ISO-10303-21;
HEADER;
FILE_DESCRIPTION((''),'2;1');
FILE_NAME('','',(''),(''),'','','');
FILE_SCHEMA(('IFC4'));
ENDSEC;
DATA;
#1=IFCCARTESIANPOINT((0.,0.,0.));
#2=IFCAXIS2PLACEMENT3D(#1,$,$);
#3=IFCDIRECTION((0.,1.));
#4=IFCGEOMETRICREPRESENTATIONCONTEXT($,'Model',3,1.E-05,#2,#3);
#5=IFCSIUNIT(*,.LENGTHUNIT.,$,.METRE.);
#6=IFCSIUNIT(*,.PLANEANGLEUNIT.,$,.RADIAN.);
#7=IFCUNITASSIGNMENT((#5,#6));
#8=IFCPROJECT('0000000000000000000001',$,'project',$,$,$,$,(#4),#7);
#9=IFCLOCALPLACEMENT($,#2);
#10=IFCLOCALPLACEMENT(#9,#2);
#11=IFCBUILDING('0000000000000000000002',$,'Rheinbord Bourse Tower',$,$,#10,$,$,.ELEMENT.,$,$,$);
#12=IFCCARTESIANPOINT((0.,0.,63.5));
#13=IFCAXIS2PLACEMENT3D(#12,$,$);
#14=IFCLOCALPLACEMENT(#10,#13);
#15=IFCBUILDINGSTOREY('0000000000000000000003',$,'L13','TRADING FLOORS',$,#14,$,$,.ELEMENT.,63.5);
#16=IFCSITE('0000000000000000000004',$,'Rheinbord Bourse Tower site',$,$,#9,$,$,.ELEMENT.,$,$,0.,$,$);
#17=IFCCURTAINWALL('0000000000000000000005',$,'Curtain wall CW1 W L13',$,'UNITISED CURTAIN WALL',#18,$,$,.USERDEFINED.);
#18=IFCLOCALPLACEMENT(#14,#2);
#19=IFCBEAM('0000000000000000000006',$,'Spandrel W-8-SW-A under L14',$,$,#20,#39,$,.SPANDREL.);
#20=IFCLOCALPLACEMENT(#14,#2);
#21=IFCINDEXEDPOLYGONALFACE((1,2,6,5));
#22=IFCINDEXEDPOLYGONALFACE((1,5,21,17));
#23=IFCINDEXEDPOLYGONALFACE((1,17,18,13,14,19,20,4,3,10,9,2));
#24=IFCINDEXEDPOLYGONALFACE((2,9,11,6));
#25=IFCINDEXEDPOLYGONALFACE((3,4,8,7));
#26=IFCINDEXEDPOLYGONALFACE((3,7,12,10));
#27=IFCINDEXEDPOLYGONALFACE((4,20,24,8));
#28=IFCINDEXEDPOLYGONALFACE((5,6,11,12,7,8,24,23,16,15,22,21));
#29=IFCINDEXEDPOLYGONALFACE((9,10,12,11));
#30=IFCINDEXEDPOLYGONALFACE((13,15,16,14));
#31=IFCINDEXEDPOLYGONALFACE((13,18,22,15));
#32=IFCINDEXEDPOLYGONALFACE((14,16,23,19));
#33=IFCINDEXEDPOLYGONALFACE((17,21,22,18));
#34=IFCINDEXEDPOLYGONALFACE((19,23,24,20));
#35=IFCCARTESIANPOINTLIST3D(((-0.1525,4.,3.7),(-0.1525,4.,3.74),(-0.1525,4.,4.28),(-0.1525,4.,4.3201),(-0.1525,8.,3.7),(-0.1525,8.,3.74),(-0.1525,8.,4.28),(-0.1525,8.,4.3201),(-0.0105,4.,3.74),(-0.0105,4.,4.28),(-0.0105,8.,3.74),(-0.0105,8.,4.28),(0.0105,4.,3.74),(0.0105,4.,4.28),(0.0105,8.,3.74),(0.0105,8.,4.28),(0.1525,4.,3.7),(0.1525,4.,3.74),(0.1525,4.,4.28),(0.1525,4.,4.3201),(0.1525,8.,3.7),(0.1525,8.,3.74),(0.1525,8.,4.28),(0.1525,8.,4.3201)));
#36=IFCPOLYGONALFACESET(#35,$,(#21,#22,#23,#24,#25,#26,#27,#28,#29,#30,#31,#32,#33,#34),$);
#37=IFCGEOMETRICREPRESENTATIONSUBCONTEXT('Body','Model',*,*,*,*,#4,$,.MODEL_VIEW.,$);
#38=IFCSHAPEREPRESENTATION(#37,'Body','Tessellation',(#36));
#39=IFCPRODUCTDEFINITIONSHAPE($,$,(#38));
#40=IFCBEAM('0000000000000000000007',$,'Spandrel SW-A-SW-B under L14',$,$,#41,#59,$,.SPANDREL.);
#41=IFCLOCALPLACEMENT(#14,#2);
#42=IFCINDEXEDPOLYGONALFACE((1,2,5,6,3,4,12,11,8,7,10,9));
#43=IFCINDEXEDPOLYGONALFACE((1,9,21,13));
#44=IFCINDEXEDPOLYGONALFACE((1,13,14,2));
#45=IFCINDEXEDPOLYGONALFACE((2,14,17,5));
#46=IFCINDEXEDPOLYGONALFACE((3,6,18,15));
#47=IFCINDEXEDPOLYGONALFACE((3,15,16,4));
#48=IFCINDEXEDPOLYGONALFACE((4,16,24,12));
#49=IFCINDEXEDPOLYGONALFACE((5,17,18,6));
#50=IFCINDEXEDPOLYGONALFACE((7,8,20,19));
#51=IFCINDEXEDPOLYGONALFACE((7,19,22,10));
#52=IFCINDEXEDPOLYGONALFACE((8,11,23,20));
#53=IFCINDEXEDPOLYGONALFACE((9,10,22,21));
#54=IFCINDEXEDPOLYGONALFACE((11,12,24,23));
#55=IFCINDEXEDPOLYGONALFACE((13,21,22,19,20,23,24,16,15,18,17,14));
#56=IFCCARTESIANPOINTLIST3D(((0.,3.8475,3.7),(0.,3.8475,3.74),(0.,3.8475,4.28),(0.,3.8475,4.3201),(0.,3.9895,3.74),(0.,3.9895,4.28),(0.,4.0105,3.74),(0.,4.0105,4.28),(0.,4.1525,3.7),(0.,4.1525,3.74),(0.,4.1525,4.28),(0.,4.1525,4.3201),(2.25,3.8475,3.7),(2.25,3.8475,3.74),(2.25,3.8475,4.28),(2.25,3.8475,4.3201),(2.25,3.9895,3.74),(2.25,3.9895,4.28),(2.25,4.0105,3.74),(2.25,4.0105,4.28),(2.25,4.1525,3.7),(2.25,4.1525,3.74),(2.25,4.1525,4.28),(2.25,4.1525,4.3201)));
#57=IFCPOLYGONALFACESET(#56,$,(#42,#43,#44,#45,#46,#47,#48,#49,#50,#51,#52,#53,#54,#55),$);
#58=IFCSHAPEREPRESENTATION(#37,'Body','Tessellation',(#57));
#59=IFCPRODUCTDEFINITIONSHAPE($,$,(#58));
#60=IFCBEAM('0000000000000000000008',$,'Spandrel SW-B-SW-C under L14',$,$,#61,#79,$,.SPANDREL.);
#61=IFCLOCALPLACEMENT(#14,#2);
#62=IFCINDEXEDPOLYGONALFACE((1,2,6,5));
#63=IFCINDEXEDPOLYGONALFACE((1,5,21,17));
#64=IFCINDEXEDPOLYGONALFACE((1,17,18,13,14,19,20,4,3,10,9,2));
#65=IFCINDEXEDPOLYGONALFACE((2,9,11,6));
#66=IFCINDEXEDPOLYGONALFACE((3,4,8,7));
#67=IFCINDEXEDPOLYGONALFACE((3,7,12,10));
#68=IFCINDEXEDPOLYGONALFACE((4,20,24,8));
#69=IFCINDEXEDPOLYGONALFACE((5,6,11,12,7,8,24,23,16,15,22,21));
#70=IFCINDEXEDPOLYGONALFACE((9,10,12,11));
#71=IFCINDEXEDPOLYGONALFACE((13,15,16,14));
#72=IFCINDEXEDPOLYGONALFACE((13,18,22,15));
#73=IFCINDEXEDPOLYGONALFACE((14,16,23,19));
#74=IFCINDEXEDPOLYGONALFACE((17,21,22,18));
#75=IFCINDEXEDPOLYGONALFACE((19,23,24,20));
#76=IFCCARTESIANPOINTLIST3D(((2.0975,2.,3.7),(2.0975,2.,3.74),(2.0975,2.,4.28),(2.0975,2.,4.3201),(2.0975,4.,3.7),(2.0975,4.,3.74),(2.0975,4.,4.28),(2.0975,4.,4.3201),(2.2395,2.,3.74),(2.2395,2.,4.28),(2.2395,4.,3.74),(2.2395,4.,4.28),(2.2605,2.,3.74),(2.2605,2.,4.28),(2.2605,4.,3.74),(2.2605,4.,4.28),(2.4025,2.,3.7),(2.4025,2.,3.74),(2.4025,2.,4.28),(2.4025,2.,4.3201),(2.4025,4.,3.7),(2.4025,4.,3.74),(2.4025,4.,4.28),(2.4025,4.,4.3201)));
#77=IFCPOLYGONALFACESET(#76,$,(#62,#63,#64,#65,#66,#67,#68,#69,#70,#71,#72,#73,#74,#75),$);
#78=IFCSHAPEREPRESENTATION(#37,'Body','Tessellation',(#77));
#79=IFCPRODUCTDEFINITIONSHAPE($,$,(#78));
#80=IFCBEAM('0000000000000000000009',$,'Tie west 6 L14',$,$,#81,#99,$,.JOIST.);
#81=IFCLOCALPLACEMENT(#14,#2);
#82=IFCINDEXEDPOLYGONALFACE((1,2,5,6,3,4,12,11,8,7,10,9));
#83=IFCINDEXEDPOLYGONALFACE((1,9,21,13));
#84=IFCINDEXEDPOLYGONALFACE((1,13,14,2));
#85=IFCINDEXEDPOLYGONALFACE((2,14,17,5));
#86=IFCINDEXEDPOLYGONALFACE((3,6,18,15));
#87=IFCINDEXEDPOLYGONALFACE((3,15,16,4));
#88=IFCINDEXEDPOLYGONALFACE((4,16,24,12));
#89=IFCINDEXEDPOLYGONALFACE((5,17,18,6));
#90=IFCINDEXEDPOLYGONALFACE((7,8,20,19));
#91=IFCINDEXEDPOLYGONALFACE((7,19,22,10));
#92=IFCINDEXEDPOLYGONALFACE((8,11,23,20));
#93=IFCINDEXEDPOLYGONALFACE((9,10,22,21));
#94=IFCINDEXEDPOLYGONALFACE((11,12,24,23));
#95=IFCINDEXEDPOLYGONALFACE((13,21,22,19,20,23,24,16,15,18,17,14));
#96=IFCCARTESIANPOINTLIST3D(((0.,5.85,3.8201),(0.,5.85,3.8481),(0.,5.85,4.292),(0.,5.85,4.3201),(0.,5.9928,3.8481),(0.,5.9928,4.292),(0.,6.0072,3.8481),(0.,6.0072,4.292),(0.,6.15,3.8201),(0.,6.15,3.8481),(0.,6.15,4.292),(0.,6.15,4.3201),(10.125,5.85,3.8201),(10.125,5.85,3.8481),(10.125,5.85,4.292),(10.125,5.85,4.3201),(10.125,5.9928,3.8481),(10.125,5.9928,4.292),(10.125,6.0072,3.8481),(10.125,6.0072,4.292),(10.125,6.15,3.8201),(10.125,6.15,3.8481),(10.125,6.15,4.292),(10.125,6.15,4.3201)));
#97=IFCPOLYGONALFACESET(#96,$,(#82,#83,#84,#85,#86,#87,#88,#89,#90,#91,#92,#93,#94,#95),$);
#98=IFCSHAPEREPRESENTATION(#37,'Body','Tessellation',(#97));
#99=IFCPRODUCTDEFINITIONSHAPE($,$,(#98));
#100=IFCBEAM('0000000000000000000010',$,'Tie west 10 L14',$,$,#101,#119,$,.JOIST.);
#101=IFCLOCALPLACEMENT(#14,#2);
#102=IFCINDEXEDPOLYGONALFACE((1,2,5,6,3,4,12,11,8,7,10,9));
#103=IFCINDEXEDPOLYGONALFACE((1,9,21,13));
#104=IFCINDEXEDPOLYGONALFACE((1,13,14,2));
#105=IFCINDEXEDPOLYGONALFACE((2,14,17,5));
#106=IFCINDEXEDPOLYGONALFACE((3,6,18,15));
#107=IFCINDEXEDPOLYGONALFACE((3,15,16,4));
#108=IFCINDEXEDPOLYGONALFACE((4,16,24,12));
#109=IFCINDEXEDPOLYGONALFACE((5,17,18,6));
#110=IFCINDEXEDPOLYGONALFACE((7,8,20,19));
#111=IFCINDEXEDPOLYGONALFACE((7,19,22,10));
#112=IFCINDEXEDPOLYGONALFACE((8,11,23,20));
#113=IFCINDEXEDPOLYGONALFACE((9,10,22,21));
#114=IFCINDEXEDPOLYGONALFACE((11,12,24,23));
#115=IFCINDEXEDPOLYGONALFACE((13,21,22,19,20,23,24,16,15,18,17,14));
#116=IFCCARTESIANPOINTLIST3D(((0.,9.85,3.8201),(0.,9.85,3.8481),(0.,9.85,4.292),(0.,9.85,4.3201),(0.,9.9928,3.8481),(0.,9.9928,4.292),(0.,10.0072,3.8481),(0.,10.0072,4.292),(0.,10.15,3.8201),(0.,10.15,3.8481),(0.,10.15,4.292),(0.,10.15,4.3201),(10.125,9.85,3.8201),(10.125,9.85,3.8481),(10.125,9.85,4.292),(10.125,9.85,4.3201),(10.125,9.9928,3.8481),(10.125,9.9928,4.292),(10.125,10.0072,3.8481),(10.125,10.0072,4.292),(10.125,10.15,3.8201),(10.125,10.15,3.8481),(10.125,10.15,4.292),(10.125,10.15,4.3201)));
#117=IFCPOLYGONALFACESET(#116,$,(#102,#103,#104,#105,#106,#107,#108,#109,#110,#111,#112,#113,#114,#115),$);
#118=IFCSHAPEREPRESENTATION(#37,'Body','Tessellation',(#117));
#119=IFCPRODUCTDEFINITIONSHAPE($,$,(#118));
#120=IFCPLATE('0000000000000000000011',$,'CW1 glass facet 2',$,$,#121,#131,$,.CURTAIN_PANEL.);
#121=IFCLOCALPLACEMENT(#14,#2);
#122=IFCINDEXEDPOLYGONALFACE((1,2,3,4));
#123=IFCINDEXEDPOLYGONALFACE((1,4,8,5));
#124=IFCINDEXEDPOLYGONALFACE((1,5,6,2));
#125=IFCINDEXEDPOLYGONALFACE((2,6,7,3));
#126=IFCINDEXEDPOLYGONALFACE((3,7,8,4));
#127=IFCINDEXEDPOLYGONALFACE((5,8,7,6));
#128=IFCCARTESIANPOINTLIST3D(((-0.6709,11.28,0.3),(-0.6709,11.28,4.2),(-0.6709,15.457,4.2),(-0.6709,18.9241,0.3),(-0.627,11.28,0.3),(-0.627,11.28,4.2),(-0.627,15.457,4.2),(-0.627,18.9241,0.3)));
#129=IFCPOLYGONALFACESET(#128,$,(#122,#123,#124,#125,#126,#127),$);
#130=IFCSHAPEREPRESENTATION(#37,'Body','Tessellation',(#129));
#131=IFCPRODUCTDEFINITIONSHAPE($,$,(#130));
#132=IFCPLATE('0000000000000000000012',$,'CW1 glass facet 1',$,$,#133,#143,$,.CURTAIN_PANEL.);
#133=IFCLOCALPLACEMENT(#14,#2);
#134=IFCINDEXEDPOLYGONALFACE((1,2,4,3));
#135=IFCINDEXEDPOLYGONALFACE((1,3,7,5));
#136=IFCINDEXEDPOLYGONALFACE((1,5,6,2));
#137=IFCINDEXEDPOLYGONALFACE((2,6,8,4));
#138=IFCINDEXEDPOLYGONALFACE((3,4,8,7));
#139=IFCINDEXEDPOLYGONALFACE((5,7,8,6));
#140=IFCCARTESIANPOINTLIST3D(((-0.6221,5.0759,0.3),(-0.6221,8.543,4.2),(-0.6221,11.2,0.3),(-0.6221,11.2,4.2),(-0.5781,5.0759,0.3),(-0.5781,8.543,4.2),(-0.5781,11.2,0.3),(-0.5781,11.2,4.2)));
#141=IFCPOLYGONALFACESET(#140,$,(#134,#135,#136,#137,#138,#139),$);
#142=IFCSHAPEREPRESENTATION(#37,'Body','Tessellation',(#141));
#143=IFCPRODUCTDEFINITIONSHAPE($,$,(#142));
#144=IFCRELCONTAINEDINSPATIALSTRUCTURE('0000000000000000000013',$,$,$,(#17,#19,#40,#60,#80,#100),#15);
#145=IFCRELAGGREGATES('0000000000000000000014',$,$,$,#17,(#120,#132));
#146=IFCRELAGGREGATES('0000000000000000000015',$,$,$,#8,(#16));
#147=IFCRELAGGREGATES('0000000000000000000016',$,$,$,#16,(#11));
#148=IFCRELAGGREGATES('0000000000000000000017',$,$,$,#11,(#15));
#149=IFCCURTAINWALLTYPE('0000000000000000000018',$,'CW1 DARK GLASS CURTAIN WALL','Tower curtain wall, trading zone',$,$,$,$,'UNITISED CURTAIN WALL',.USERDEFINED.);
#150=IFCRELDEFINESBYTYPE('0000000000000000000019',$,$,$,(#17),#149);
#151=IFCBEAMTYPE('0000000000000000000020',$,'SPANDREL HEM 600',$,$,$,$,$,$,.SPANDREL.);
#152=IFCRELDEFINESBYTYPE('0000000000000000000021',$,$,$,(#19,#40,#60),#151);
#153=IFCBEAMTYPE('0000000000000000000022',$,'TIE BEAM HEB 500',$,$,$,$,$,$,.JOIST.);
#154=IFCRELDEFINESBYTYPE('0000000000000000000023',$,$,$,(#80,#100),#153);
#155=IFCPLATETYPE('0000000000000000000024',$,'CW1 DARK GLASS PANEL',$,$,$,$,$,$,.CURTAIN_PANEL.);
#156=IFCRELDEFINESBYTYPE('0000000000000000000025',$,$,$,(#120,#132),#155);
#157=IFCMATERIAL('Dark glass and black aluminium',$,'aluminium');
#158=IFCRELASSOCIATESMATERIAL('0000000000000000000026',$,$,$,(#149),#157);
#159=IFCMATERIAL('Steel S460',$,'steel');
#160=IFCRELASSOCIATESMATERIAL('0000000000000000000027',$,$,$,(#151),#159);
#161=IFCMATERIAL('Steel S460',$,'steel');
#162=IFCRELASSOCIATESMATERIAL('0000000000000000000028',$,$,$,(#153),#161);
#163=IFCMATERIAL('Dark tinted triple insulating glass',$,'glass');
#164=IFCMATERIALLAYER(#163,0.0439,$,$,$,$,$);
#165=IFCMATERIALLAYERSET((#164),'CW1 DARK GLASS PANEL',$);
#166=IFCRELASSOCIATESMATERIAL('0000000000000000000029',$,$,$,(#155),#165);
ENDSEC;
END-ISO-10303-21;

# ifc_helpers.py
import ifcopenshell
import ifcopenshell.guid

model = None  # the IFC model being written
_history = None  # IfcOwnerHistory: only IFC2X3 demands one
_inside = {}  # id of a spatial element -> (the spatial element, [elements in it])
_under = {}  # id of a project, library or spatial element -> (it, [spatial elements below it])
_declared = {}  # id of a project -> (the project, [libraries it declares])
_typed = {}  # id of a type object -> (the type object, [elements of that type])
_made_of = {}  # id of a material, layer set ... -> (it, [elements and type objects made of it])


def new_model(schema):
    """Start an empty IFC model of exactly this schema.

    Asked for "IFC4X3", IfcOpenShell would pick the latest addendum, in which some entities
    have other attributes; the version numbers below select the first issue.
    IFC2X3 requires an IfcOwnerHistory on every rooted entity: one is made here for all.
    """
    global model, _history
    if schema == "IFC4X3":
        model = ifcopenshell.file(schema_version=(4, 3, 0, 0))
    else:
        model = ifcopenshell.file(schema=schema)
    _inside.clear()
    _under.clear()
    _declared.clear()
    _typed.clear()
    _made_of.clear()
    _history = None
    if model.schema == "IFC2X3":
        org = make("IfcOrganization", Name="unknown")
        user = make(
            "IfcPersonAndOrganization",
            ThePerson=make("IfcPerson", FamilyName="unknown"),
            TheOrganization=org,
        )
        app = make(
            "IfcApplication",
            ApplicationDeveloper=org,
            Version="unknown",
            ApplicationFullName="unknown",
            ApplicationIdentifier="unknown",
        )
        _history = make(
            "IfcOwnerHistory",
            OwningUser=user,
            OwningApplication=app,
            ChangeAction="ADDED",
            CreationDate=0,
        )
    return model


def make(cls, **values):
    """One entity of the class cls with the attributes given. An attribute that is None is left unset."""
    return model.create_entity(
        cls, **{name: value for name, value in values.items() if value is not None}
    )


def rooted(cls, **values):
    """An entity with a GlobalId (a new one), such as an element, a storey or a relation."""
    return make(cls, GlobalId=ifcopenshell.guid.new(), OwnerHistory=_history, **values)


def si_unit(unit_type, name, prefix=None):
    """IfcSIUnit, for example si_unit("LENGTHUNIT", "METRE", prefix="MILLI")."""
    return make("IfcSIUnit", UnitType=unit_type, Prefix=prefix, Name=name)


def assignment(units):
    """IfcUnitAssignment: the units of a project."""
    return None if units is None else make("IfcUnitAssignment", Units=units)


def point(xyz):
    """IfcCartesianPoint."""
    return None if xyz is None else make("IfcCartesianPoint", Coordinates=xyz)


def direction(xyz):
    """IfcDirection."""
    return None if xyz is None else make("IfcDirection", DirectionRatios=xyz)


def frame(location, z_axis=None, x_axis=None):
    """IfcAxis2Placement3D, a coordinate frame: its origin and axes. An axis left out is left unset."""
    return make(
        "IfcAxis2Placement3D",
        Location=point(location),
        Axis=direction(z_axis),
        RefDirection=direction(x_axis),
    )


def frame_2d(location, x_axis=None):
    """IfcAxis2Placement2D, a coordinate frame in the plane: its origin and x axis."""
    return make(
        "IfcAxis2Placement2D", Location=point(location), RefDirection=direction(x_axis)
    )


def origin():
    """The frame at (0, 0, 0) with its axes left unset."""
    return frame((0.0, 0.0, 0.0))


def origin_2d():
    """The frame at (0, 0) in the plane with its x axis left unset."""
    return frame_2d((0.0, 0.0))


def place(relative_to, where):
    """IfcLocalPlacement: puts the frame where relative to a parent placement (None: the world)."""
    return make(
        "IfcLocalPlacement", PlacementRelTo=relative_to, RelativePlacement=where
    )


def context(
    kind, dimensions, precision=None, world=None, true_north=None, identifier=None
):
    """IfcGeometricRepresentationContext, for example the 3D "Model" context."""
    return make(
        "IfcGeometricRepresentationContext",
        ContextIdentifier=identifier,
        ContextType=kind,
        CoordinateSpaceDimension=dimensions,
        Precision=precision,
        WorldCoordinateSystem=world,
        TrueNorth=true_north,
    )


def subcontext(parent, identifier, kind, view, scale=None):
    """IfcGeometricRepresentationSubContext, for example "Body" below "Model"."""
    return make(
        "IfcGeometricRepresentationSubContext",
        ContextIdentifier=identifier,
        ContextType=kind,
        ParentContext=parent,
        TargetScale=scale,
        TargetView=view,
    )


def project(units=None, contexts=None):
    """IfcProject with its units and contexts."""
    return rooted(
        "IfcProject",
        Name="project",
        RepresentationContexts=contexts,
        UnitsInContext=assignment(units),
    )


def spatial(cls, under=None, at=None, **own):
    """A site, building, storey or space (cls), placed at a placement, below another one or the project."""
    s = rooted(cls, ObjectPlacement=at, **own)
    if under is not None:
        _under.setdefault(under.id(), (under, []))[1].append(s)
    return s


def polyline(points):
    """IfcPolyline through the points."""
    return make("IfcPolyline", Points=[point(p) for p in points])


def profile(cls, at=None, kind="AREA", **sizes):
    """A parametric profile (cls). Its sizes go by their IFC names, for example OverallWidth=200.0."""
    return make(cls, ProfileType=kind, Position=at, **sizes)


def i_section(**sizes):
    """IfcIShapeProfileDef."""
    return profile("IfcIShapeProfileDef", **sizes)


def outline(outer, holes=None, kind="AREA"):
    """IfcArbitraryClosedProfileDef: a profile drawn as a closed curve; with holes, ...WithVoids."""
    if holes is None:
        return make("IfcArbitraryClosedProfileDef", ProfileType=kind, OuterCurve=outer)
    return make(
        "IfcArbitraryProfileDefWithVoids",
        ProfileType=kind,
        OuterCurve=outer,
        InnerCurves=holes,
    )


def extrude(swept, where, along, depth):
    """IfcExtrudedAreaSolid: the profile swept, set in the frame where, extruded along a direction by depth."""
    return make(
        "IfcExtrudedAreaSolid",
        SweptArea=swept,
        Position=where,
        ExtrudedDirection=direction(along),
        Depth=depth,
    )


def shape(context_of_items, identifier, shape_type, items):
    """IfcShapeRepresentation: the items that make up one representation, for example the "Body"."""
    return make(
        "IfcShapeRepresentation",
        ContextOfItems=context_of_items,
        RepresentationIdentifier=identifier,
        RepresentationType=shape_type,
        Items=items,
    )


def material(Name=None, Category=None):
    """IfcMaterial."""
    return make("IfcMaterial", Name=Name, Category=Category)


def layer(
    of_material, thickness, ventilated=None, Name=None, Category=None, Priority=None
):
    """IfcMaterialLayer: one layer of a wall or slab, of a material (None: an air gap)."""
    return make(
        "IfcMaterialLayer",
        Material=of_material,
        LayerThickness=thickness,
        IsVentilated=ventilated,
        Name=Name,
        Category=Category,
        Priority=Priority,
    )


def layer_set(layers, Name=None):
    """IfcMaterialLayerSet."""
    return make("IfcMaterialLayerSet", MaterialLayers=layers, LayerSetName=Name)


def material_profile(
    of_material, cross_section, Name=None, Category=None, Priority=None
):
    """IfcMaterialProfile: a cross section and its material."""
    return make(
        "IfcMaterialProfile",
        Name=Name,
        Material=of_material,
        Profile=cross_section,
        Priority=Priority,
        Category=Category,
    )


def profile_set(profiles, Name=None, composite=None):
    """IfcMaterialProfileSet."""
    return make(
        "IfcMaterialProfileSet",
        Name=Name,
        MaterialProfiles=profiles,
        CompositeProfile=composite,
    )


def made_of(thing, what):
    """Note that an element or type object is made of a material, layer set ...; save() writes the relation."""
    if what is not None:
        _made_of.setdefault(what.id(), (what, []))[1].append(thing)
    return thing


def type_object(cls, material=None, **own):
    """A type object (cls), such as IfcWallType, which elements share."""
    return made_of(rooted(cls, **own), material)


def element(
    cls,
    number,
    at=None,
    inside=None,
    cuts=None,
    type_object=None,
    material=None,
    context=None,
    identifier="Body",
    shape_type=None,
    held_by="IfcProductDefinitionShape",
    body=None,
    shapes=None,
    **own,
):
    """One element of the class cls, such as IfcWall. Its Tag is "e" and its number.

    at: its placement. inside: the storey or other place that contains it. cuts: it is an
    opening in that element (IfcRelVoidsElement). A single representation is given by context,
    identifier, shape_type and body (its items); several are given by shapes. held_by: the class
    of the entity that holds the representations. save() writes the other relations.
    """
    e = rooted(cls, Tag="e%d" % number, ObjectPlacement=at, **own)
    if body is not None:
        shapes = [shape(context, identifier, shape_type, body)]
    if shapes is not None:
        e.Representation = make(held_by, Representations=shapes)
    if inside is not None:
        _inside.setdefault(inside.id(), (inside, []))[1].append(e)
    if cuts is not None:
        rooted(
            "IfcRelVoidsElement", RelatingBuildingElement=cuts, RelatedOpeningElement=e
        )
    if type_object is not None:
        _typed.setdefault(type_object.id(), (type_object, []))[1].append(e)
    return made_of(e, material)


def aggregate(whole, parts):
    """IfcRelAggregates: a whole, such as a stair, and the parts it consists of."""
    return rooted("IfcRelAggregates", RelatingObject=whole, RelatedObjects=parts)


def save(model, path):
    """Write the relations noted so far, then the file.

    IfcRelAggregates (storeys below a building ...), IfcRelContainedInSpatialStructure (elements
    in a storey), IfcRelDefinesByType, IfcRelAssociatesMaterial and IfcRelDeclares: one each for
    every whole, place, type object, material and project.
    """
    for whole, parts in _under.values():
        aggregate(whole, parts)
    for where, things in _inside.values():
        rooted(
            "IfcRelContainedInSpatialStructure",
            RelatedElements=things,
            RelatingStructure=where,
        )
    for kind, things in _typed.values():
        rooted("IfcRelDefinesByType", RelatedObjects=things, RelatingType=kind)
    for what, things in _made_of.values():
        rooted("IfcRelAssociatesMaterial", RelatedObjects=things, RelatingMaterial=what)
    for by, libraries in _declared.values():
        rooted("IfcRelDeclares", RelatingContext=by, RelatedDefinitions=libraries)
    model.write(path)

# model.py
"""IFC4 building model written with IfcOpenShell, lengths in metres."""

from ifc_helpers import new_model, si_unit, direction, frame, origin, origin_2d, place, context, subcontext, project, spatial, polyline, i_section, outline, extrude, material, layer, layer_set, material_profile, profile_set, type_object, element, aggregate, save


model = new_model("IFC4")

# Units and contexts
model_context = context("Model", 3, precision=1e-05, world=origin(), true_north=direction((0.0, 1.0)))
body_context = subcontext(model_context, "Body", "Model", "MODEL_VIEW")
ifc_project = project(units=[si_unit("LENGTHUNIT", "METRE"), si_unit("PLANEANGLEUNIT", "RADIAN")], contexts=[model_context])

# Site, building, storey
site_placement = place(None, origin())
site = spatial("IfcSite", under=ifc_project, at=site_placement, Name="Rheinbord Bourse Tower site", CompositionType="ELEMENT", RefElevation=0.0)
building_placement = place(site_placement, origin())
building = spatial("IfcBuilding", under=site, at=building_placement, Name="Rheinbord Bourse Tower", CompositionType="ELEMENT")
storey_placement = place(building_placement, frame((0.0, 0.0, 63.5)))
storey = spatial("IfcBuildingStorey", under=building, at=storey_placement, Name="L13", Description="TRADING FLOORS", CompositionType="ELEMENT", Elevation=63.5)

# Curtain wall
ifc_material_1 = material(Name="Dark glass and black aluminium", Category="aluminium")
curtain_wall_type = type_object("IfcCurtainWallType", Name="CW1 DARK GLASS CURTAIN WALL", Description="Tower curtain wall, trading zone", ElementType="UNITISED CURTAIN WALL", PredefinedType="USERDEFINED", material=ifc_material_1)
curtain_wall_placement = place(storey_placement, origin())
curtain_wall = element("IfcCurtainWall", 1, at=curtain_wall_placement, inside=storey, type_object=curtain_wall_type, Name="Curtain wall CW1 W L13", ObjectType="UNITISED CURTAIN WALL", PredefinedType="USERDEFINED")

# Beams
ifc_material_2 = material(Name="Steel S460", Category="steel")
ifc_material_profile_1 = material_profile(ifc_material_2, i_section(OverallWidth=0.3049, OverallDepth=0.6201, WebThickness=0.021, FlangeThickness=0.04, at=origin_2d()), Name="HEM 600")
ifc_profile_set_1 = profile_set([ifc_material_profile_1], Name="Steel S460")
beam_type_1 = type_object("IfcBeamType", Name="SPANDREL HEM 600", PredefinedType="SPANDREL", material=ifc_profile_set_1)
beam_1_placement = place(storey_placement, frame((0.0, 8.0, 4.01), z_axis=(0.0, -1.0, 0.0), x_axis=(1.0, 0.0, 0.0)))
element("IfcBeam", 2, at=beam_1_placement, inside=storey, type_object=beam_type_1, Name="Spandrel W-8-SW-A under L14", PredefinedType="SPANDREL", context=body_context, shape_type="SweptSolid", body=[
    extrude(i_section(OverallWidth=0.3049, OverallDepth=0.6201, WebThickness=0.021, FlangeThickness=0.04, at=origin_2d()), origin(), (0.0, 0.0, 1.0), 4.0),
])
beam_2_placement = place(storey_placement, frame((0.0, 4.0, 4.01), z_axis=(1.0, 0.0, 0.0), x_axis=(0.0, 1.0, 0.0)))
element("IfcBeam", 3, at=beam_2_placement, inside=storey, type_object=beam_type_1, Name="Spandrel SW-A-SW-B under L14", PredefinedType="SPANDREL", context=body_context, shape_type="SweptSolid", body=[
    extrude(i_section(OverallWidth=0.3049, OverallDepth=0.6201, WebThickness=0.021, FlangeThickness=0.04, at=origin_2d()), origin(), (0.0, 0.0, 1.0), 2.25),
])
beam_3_placement = place(storey_placement, frame((2.25, 4.0, 4.01), z_axis=(0.0, -1.0, 0.0), x_axis=(1.0, 0.0, 0.0)))
element("IfcBeam", 4, at=beam_3_placement, inside=storey, type_object=beam_type_1, Name="Spandrel SW-B-SW-C under L14", PredefinedType="SPANDREL", context=body_context, shape_type="SweptSolid", body=[
    extrude(i_section(OverallWidth=0.3049, OverallDepth=0.6201, WebThickness=0.021, FlangeThickness=0.04, at=origin_2d()), origin(), (0.0, 0.0, 1.0), 2.0),
])
ifc_material_3 = material(Name="Steel S460", Category="steel")
ifc_material_profile_2 = material_profile(ifc_material_3, i_section(OverallWidth=0.3, OverallDepth=0.5, WebThickness=0.0144, FlangeThickness=0.0281, at=origin_2d()), Name="HEB 500")
ifc_profile_set_2 = profile_set([ifc_material_profile_2], Name="Steel S460")
beam_type_2 = type_object("IfcBeamType", Name="TIE BEAM HEB 500", PredefinedType="JOIST", material=ifc_profile_set_2)
for number, where, z_axis, x_axis, name in (
    (5, (0.0, 6.0, 4.0701), (1.0, 0.0, 0.0), (0.0, 1.0, 0.0), "Tie west 6 L14"),
    (6, (0.0, 10.0, 4.0701), (1.0, 0.0, 0.0), (0.0, 1.0, 0.0), "Tie west 10 L14"),
):
    element("IfcBeam", number, at=place(storey_placement, frame(where, z_axis=z_axis, x_axis=x_axis)), inside=storey, type_object=beam_type_2, Name=name, PredefinedType="JOIST", context=body_context, shape_type="SweptSolid", body=[
        extrude(i_section(OverallWidth=0.3, OverallDepth=0.5, WebThickness=0.0144, FlangeThickness=0.0281, at=origin_2d()), origin(), (0.0, 0.0, 1.0), 10.125),
    ])

# Plates
ifc_material_4 = material(Name="Dark tinted triple insulating glass", Category="glass")
ifc_layer_1 = layer(ifc_material_4, 0.0439)
ifc_layer_set_1 = layer_set([ifc_layer_1], Name="CW1 DARK GLASS PANEL")
plate_type = type_object("IfcPlateType", Name="CW1 DARK GLASS PANEL", PredefinedType="CURTAIN_PANEL", material=ifc_layer_set_1)
plate_1_placement = place(storey_placement, frame((-0.6709, 11.28, 4.2), z_axis=(1.0, 0.0, 0.0), x_axis=(0.0, 0.0, -1.0)))
plate_1 = element("IfcPlate", 7, at=plate_1_placement, type_object=plate_type, Name="CW1 glass facet 2", PredefinedType="CURTAIN_PANEL", context=body_context, shape_type="SweptSolid", body=[
    extrude(outline(polyline([(0.0, 0.0), (3.8999, 0.0), (3.8999, 7.644), (0.0, 4.177), (0.0, 0.0)])), origin(), (0.0, 0.0, 1.0), 0.0439),
])
plate_2_placement = place(storey_placement, frame((-0.6221, 11.2, 0.3), z_axis=(1.0, 0.0, 0.0), x_axis=(0.0, 0.0, 1.0)))
plate_2 = element("IfcPlate", 8, at=plate_2_placement, type_object=plate_type, Name="CW1 glass facet 1", PredefinedType="CURTAIN_PANEL", context=body_context, shape_type="SweptSolid", body=[
    extrude(outline(polyline([(0.0, 0.0), (3.8999, 0.0), (3.8999, 2.657), (0.0, 6.124), (0.0, 0.0)])), origin(), (0.0, 0.0, 1.0), 0.0439),
])
aggregate(curtain_wall, [plate_1, plate_2])

save(model, "model.ifc")
